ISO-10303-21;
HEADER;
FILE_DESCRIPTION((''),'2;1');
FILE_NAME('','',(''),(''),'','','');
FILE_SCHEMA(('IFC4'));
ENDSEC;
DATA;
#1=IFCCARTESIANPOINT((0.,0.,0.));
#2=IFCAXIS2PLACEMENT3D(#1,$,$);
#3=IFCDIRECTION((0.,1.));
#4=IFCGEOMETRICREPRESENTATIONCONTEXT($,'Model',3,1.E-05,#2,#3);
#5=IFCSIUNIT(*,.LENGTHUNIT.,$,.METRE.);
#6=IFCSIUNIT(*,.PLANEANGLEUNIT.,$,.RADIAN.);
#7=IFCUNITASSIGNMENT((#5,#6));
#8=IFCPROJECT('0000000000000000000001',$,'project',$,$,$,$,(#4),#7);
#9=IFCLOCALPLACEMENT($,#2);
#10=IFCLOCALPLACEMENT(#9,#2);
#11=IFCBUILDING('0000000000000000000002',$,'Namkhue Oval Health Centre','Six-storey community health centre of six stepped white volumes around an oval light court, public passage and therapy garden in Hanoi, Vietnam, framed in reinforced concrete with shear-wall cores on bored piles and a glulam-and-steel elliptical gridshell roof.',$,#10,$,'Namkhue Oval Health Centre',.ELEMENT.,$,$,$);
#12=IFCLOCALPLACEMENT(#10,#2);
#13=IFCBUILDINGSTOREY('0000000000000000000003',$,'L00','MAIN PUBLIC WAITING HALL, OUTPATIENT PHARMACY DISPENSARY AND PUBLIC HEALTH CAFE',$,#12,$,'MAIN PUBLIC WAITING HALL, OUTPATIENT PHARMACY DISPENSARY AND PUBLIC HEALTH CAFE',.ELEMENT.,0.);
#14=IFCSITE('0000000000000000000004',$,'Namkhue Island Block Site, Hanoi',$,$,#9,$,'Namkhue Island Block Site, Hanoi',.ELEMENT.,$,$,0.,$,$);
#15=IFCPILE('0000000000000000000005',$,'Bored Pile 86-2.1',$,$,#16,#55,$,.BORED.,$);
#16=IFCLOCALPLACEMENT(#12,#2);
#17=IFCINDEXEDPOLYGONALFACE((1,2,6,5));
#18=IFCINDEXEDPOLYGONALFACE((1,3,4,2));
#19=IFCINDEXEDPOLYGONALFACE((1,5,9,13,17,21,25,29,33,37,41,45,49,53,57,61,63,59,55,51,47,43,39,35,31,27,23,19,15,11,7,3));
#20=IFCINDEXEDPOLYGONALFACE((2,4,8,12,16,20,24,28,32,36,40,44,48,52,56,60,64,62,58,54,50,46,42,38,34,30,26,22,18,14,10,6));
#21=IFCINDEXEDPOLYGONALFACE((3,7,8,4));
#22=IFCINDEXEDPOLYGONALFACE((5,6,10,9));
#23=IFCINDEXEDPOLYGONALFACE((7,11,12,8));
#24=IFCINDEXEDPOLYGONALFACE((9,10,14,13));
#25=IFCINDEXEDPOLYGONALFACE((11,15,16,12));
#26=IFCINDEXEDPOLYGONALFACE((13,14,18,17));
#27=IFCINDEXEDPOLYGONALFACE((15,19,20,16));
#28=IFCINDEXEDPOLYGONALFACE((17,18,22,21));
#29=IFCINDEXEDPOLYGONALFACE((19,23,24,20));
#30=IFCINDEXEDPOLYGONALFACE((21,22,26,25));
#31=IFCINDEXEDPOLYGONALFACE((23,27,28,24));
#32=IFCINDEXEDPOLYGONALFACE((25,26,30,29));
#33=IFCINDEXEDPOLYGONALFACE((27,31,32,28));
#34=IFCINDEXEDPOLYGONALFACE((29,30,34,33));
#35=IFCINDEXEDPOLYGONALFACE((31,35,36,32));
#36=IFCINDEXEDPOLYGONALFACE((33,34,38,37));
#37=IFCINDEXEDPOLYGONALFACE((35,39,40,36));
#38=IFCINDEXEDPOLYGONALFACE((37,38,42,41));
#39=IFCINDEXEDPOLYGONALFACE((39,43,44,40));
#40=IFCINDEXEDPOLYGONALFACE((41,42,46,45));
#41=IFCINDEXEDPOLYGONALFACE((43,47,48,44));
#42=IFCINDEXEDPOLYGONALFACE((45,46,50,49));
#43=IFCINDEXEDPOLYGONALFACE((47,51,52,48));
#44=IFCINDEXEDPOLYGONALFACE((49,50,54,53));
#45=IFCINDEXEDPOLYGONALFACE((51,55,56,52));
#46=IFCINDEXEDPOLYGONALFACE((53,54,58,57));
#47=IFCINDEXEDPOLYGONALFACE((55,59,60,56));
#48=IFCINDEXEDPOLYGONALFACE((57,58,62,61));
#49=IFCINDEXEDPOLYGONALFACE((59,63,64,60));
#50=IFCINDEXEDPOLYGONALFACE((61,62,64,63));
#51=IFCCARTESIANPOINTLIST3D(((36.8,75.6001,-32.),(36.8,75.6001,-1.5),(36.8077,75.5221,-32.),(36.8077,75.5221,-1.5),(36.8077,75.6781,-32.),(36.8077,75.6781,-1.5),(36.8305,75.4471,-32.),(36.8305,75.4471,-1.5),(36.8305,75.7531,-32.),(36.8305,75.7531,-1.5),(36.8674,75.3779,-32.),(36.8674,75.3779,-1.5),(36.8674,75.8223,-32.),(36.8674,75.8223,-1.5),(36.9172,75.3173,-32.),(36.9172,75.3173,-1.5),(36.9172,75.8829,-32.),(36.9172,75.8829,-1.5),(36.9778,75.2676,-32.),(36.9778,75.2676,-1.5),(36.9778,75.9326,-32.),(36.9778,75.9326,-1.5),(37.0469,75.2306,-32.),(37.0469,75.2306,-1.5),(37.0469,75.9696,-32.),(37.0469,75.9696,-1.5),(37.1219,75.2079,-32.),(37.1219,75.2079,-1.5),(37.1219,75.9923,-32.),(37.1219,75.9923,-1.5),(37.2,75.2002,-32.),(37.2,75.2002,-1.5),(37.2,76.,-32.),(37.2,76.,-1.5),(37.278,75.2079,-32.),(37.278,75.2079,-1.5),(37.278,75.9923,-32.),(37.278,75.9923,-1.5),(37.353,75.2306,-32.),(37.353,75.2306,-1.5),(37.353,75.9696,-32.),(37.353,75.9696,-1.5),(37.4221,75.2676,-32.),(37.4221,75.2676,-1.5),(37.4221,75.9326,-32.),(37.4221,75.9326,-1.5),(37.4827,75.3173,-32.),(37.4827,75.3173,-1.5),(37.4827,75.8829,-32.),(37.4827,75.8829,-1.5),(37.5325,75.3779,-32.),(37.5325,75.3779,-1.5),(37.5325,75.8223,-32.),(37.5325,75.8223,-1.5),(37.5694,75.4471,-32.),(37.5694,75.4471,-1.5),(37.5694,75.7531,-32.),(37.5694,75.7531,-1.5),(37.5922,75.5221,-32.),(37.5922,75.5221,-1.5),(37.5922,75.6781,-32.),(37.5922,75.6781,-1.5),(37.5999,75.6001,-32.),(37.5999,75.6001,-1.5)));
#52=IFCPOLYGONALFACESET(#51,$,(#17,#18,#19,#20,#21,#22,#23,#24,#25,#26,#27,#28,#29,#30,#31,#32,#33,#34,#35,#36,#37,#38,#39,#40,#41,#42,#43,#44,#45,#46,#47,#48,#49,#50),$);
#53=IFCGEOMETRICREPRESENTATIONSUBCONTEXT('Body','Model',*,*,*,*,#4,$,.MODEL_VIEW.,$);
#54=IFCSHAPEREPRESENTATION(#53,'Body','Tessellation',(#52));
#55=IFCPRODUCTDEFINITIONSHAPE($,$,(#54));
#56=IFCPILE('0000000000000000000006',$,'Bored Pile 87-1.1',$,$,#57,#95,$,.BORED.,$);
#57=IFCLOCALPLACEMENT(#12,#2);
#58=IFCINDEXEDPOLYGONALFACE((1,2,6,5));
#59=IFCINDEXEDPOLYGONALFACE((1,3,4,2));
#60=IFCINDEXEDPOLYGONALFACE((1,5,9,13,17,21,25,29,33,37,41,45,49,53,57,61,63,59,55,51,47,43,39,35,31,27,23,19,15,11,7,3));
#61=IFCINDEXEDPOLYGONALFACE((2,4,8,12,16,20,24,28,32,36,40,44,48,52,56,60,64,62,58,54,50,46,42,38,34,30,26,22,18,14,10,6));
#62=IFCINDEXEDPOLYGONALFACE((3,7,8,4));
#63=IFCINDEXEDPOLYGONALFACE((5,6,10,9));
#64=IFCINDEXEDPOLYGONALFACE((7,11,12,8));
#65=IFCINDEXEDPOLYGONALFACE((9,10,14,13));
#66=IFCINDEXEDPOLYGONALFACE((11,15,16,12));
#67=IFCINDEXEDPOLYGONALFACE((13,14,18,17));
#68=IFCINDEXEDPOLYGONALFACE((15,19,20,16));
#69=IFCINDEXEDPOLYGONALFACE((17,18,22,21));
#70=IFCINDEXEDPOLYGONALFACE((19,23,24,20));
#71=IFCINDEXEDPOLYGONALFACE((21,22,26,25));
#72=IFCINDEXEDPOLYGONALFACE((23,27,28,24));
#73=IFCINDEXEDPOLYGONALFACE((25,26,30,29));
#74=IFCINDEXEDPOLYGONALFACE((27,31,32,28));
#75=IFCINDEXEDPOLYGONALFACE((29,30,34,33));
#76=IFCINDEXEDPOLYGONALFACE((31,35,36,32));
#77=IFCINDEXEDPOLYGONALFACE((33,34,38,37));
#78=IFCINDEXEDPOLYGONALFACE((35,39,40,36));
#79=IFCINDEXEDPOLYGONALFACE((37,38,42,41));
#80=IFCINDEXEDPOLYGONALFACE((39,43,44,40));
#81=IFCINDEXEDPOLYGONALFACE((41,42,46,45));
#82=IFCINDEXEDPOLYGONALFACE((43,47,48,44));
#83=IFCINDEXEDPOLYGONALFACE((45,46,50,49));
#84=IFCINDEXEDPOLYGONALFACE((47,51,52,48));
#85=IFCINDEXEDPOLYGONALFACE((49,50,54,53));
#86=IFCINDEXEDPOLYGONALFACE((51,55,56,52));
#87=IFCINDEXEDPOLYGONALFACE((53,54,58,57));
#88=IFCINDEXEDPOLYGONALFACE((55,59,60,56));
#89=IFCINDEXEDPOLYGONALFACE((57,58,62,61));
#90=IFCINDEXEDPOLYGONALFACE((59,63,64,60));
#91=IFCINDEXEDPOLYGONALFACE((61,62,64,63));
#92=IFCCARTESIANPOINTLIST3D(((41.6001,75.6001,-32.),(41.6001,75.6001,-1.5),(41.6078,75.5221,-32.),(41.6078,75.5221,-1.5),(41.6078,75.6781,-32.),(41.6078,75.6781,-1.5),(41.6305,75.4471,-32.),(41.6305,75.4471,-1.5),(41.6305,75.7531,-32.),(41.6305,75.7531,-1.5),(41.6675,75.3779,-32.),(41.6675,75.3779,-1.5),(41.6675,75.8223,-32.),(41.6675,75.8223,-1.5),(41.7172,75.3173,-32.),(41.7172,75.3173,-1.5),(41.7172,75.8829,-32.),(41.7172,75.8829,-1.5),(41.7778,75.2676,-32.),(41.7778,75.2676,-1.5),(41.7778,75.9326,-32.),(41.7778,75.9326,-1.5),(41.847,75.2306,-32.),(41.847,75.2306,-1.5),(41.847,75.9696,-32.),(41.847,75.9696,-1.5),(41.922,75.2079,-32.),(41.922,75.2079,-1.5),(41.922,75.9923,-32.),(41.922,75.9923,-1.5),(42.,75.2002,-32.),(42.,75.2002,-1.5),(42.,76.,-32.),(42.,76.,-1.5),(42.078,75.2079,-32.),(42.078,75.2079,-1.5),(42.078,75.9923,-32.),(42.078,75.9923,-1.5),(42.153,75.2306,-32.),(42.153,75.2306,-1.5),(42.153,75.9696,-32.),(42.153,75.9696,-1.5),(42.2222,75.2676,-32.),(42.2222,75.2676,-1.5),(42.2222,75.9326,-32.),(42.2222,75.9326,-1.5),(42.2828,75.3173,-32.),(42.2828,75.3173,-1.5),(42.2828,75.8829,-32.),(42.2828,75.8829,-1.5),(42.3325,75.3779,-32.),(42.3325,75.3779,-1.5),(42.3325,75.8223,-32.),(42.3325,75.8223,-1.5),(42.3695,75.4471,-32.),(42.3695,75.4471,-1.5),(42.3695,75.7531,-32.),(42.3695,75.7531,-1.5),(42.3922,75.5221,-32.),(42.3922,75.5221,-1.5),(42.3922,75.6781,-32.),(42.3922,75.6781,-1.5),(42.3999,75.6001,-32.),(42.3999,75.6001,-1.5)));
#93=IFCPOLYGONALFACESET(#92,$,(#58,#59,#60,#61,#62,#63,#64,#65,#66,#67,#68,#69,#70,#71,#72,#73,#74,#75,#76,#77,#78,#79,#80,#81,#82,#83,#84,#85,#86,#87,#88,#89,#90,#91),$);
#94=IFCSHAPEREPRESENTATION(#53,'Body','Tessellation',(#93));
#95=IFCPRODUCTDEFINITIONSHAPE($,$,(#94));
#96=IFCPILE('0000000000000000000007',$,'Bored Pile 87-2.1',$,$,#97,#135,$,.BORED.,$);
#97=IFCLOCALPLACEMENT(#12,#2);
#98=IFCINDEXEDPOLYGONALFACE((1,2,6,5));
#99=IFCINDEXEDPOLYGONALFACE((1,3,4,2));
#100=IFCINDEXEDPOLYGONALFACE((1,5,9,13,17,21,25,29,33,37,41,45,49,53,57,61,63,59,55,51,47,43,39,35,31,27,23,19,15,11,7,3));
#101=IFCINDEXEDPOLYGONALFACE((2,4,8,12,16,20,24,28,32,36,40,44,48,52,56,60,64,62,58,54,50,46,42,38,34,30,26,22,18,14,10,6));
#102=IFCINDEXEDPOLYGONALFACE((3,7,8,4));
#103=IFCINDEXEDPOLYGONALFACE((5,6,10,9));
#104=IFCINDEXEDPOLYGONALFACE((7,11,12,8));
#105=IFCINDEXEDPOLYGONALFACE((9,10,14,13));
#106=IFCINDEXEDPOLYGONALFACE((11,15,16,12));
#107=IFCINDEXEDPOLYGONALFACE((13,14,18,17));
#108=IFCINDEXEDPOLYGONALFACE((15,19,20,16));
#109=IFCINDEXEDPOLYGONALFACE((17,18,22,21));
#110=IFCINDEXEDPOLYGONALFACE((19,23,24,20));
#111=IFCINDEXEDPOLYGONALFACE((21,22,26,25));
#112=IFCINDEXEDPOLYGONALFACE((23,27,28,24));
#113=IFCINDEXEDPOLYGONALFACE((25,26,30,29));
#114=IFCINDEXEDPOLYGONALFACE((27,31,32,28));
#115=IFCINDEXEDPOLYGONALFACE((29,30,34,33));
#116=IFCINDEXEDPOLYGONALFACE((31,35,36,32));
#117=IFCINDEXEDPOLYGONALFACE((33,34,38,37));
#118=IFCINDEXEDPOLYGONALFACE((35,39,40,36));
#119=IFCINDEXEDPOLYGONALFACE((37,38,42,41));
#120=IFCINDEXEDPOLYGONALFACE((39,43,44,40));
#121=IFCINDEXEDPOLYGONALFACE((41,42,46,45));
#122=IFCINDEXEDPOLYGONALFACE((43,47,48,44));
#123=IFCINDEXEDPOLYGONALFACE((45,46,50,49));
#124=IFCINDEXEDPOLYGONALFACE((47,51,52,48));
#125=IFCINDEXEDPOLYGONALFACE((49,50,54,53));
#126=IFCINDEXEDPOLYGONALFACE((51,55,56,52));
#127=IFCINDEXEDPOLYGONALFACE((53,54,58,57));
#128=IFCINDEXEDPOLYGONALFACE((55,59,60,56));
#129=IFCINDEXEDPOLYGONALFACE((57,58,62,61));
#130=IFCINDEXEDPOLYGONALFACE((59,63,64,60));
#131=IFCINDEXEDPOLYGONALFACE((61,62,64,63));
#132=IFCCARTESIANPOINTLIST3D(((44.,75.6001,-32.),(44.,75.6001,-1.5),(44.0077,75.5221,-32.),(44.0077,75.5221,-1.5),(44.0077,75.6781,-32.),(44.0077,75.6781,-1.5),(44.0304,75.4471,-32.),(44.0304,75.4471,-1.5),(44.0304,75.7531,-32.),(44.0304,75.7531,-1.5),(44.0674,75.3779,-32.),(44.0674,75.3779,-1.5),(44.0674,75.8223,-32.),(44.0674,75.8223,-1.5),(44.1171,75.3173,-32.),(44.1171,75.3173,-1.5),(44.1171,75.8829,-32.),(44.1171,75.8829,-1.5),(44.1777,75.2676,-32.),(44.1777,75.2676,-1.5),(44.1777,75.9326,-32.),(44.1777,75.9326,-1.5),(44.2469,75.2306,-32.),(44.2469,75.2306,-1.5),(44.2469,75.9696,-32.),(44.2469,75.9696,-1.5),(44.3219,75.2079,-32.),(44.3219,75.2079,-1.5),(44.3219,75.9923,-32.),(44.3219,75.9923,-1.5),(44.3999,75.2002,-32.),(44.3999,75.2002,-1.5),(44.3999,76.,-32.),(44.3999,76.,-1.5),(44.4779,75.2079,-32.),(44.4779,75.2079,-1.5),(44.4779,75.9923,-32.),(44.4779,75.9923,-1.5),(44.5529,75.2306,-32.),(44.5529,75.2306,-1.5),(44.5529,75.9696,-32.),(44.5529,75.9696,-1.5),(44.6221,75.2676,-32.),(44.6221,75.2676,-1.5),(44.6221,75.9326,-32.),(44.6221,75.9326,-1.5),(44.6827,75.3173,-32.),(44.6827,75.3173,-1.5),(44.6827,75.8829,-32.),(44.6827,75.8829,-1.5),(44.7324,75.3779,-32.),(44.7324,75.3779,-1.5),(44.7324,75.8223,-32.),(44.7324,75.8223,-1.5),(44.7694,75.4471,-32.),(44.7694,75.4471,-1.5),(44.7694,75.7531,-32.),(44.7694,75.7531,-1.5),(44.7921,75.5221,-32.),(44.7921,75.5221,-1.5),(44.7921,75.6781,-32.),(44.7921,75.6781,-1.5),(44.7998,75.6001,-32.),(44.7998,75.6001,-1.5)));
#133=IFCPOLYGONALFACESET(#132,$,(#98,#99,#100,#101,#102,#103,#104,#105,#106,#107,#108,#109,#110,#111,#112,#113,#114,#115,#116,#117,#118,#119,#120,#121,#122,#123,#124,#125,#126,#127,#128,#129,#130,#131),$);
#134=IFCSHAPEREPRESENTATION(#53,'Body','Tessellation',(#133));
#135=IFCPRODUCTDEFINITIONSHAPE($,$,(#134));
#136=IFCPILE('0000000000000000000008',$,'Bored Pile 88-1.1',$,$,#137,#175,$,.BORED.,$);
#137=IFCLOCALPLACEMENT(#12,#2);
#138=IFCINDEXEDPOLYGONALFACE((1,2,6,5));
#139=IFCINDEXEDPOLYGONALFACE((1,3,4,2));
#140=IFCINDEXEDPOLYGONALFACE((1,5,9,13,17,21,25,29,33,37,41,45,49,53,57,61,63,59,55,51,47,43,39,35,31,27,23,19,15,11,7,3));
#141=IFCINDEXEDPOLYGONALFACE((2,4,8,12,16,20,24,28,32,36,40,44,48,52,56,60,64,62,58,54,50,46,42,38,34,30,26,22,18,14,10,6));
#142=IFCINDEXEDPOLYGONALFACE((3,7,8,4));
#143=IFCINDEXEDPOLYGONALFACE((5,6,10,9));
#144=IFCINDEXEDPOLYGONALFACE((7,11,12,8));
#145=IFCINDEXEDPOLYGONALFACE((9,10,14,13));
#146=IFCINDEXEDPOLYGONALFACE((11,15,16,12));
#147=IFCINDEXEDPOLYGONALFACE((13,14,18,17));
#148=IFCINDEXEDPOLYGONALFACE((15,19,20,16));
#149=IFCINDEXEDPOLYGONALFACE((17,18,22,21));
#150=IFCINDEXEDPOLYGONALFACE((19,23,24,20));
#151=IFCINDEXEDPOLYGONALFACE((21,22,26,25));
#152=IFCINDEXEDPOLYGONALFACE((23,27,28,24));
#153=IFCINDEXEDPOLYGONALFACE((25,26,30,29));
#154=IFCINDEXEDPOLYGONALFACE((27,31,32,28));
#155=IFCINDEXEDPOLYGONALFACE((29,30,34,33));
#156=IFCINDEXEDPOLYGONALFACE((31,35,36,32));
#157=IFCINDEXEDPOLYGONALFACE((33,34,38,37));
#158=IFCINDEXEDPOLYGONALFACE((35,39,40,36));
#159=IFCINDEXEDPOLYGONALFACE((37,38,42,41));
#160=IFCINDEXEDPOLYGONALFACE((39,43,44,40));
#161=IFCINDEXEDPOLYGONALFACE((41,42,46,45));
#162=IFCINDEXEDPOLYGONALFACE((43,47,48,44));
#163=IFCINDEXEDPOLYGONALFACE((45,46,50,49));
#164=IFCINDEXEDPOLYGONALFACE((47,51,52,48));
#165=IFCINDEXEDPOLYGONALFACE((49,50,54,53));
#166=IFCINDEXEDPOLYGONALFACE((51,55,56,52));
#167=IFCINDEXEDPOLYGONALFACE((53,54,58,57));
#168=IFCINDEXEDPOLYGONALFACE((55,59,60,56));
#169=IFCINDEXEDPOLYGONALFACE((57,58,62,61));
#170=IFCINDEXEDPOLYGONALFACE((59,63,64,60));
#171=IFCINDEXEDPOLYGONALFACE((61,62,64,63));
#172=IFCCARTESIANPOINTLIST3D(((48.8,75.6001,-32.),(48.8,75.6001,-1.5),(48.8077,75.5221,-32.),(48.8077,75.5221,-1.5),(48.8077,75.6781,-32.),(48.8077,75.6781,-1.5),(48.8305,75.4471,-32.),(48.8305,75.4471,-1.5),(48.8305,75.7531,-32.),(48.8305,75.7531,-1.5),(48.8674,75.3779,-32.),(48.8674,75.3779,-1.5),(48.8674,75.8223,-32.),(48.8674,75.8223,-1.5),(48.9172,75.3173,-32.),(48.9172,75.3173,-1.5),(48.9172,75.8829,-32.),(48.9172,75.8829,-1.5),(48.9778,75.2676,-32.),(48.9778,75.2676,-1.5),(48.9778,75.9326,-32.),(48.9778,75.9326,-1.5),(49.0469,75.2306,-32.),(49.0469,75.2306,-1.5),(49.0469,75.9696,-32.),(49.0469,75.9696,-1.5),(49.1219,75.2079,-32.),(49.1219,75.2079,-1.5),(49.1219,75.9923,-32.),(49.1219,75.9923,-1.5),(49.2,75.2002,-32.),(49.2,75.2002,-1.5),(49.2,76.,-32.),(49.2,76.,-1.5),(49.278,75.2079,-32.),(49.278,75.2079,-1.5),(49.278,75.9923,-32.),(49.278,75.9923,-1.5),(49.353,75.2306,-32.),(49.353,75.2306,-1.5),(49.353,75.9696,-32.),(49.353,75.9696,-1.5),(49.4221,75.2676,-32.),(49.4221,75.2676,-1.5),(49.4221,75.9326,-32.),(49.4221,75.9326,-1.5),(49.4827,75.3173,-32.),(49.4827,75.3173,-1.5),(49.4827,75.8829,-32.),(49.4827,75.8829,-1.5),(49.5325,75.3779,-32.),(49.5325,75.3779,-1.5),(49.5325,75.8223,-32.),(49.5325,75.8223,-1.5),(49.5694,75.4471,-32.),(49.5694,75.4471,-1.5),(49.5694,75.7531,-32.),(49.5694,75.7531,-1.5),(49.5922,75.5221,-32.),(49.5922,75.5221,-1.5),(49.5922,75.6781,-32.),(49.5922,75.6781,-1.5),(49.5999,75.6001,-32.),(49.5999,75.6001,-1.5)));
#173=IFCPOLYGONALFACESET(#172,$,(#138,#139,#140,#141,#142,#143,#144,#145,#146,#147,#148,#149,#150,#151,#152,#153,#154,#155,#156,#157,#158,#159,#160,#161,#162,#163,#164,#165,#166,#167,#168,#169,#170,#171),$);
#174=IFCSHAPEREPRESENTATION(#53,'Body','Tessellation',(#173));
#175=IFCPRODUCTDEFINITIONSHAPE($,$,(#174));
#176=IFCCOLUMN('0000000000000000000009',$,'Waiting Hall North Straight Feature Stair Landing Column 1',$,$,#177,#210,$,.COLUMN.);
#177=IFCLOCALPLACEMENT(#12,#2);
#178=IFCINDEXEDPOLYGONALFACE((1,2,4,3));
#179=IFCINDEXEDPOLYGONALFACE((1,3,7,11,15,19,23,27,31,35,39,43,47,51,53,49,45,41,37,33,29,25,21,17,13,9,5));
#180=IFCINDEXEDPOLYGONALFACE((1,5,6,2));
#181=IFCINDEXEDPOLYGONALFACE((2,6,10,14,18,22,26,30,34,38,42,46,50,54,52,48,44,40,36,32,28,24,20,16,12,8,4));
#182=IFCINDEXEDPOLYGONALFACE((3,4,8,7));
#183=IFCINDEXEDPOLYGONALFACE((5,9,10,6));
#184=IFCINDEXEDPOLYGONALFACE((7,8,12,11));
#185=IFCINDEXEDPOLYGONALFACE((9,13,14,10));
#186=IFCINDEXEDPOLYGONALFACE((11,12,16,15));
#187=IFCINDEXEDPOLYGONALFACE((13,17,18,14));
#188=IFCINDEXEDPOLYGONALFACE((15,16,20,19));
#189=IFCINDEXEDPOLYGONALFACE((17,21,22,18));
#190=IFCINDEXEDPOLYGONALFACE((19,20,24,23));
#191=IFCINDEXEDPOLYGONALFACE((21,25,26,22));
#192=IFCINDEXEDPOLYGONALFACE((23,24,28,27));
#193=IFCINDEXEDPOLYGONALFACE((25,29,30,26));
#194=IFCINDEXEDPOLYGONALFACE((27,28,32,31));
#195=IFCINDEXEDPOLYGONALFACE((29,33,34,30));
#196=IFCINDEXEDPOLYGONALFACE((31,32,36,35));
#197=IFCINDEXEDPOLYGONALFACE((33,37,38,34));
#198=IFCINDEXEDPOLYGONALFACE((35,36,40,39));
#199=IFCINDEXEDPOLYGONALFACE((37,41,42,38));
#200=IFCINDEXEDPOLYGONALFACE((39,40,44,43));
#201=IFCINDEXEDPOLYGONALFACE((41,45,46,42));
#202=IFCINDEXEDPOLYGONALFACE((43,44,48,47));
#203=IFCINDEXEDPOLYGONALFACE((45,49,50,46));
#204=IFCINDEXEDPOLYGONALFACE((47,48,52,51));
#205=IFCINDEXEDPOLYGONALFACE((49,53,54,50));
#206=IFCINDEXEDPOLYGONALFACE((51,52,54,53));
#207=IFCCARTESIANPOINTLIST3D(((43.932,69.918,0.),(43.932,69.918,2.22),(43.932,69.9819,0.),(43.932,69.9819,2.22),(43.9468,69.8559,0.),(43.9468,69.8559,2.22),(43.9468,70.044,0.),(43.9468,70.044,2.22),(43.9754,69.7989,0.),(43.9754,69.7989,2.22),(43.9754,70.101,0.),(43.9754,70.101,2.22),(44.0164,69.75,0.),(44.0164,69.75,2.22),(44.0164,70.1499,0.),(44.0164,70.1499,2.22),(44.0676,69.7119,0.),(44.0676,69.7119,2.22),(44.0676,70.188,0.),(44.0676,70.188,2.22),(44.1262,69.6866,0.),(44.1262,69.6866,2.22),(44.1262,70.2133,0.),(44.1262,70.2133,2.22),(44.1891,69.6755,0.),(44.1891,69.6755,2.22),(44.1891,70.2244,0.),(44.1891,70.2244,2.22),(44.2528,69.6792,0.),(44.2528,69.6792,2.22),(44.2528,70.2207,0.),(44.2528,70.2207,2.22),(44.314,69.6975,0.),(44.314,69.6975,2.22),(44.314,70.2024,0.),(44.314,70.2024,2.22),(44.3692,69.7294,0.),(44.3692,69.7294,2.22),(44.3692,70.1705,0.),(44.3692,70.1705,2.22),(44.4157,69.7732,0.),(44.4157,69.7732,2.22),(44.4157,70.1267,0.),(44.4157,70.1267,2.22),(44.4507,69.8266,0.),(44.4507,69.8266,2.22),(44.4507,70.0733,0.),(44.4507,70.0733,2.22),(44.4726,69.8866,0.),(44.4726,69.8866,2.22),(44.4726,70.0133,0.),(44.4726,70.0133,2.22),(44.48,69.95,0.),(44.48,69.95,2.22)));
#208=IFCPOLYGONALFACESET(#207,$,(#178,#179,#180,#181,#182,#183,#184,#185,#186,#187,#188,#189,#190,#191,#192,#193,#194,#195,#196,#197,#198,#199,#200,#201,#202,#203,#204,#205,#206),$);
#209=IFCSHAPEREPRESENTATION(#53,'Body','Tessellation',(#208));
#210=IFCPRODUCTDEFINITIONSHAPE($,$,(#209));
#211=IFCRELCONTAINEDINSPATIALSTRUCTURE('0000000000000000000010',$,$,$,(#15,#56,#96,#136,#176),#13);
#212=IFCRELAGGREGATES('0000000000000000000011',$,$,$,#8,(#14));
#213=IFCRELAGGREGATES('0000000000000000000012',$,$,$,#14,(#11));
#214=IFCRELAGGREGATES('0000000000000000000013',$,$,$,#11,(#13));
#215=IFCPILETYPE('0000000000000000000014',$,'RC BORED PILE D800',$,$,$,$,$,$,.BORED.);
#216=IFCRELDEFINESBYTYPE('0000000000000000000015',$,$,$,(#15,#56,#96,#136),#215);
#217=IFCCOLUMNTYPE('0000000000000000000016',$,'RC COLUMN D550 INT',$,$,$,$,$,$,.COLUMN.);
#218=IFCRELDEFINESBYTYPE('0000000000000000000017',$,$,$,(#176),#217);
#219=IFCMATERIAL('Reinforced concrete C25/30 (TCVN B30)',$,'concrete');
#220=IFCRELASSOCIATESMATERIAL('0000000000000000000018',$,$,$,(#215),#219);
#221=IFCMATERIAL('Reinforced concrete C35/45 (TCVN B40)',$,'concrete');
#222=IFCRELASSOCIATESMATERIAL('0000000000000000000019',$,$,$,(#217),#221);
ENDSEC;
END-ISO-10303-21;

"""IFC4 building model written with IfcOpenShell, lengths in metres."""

from ifc_helpers import new_model, si_unit, direction, frame, origin, origin_2d, place, context, subcontext, project, spatial, circle, extrude, material, material_profile, profile_set, type_object, element, save


model = new_model("IFC4")

# Units and contexts
model_context = context("Model", 3, precision=1e-05, world=origin(), true_north=direction((0.0, 1.0)))
body_context = subcontext(model_context, "Body", "Model", "MODEL_VIEW")
ifc_project = project(units=[si_unit("LENGTHUNIT", "METRE"), si_unit("PLANEANGLEUNIT", "RADIAN")], contexts=[model_context])

# Site, building, storey
site_placement = place(None, origin())
site = spatial("IfcSite", under=ifc_project, at=site_placement, Name="Namkhue Island Block Site, Hanoi", LongName="Namkhue Island Block Site, Hanoi", CompositionType="ELEMENT", RefElevation=0.0)
building_placement = place(site_placement, origin())
building = spatial("IfcBuilding", under=site, at=building_placement, Name="Namkhue Oval Health Centre", Description="Six-storey community health centre of six stepped white volumes around an oval light court, public passage and therapy garden in Hanoi, Vietnam, framed in reinforced concrete with shear-wall cores on bored piles and a glulam-and-steel elliptical gridshell roof.", LongName="Namkhue Oval Health Centre", CompositionType="ELEMENT")
storey_placement = place(building_placement, origin())
storey = spatial("IfcBuildingStorey", under=building, at=storey_placement, Name="L00", Description="MAIN PUBLIC WAITING HALL, OUTPATIENT PHARMACY DISPENSARY AND PUBLIC HEALTH CAFE", LongName="MAIN PUBLIC WAITING HALL, OUTPATIENT PHARMACY DISPENSARY AND PUBLIC HEALTH CAFE", CompositionType="ELEMENT", Elevation=0.0)

# Piles
ifc_material_1 = material(Name="Reinforced concrete C25/30 (TCVN B30)", Category="concrete")
ifc_material_profile_1 = material_profile(ifc_material_1, circle(Radius=0.3999, at=origin_2d()), Name="BORED PILE D800")
ifc_profile_set_1 = profile_set([ifc_material_profile_1], Name="Reinforced concrete C25/30 (TCVN B30)")
pile_type = type_object("IfcPileType", Name="RC BORED PILE D800", PredefinedType="BORED", material=ifc_profile_set_1)
for number, where, z_axis, x_axis, name in (
    (1, (37.2, 75.6001, -1.5), (0.0, 0.0, -1.0), (1.0, 0.0, 0.0), "Bored Pile 86-2.1"),
    (2, (42.0, 75.6001, -1.5), (0.0, 0.0, -1.0), (1.0, 0.0, 0.0), "Bored Pile 87-1.1"),
    (3, (44.3999, 75.6001, -1.5), (0.0, 0.0, -1.0), (1.0, 0.0, 0.0), "Bored Pile 87-2.1"),
    (4, (49.2, 75.6001, -1.5), (0.0, 0.0, -1.0), (1.0, 0.0, 0.0), "Bored Pile 88-1.1"),
):
    element("IfcPile", number, at=place(storey_placement, frame(where, z_axis=z_axis, x_axis=x_axis)), inside=storey, type_object=pile_type, Name=name, PredefinedType="BORED", context=body_context, shape_type="SweptSolid", body=[
        extrude(circle(Radius=0.3999, at=origin_2d()), origin(), (0.0, 0.0, 1.0), 30.5),
    ])

# Column
ifc_material_2 = material(Name="Reinforced concrete C35/45 (TCVN B40)", Category="concrete")
ifc_material_profile_2 = material_profile(ifc_material_2, circle(Radius=0.2749, at=origin_2d()), Name="RC D550")
ifc_profile_set_2 = profile_set([ifc_material_profile_2], Name="Reinforced concrete C35/45 (TCVN B40)")
column_type_1 = type_object("IfcColumnType", Name="RC COLUMN D550 INT", PredefinedType="COLUMN", material=ifc_profile_set_2)
for number, where, z_axis, x_axis, name in (
    (5, (44.2051, 69.95, 0.0), (0.0, 0.0, 1.0), (1.0, 0.0, 0.0), "Waiting Hall North Straight Feature Stair Landing Column 1"),
):
    element("IfcColumn", number, at=place(storey_placement, frame(where, z_axis=z_axis, x_axis=x_axis)), inside=storey, type_object=column_type_1, Name=name, PredefinedType="COLUMN", context=body_context, shape_type="SweptSolid", body=[
        extrude(circle(Radius=0.2749, at=origin_2d()), origin(), (0.0, 0.0, 1.0), 2.22),
    ])

save(model, "model.ifc")
